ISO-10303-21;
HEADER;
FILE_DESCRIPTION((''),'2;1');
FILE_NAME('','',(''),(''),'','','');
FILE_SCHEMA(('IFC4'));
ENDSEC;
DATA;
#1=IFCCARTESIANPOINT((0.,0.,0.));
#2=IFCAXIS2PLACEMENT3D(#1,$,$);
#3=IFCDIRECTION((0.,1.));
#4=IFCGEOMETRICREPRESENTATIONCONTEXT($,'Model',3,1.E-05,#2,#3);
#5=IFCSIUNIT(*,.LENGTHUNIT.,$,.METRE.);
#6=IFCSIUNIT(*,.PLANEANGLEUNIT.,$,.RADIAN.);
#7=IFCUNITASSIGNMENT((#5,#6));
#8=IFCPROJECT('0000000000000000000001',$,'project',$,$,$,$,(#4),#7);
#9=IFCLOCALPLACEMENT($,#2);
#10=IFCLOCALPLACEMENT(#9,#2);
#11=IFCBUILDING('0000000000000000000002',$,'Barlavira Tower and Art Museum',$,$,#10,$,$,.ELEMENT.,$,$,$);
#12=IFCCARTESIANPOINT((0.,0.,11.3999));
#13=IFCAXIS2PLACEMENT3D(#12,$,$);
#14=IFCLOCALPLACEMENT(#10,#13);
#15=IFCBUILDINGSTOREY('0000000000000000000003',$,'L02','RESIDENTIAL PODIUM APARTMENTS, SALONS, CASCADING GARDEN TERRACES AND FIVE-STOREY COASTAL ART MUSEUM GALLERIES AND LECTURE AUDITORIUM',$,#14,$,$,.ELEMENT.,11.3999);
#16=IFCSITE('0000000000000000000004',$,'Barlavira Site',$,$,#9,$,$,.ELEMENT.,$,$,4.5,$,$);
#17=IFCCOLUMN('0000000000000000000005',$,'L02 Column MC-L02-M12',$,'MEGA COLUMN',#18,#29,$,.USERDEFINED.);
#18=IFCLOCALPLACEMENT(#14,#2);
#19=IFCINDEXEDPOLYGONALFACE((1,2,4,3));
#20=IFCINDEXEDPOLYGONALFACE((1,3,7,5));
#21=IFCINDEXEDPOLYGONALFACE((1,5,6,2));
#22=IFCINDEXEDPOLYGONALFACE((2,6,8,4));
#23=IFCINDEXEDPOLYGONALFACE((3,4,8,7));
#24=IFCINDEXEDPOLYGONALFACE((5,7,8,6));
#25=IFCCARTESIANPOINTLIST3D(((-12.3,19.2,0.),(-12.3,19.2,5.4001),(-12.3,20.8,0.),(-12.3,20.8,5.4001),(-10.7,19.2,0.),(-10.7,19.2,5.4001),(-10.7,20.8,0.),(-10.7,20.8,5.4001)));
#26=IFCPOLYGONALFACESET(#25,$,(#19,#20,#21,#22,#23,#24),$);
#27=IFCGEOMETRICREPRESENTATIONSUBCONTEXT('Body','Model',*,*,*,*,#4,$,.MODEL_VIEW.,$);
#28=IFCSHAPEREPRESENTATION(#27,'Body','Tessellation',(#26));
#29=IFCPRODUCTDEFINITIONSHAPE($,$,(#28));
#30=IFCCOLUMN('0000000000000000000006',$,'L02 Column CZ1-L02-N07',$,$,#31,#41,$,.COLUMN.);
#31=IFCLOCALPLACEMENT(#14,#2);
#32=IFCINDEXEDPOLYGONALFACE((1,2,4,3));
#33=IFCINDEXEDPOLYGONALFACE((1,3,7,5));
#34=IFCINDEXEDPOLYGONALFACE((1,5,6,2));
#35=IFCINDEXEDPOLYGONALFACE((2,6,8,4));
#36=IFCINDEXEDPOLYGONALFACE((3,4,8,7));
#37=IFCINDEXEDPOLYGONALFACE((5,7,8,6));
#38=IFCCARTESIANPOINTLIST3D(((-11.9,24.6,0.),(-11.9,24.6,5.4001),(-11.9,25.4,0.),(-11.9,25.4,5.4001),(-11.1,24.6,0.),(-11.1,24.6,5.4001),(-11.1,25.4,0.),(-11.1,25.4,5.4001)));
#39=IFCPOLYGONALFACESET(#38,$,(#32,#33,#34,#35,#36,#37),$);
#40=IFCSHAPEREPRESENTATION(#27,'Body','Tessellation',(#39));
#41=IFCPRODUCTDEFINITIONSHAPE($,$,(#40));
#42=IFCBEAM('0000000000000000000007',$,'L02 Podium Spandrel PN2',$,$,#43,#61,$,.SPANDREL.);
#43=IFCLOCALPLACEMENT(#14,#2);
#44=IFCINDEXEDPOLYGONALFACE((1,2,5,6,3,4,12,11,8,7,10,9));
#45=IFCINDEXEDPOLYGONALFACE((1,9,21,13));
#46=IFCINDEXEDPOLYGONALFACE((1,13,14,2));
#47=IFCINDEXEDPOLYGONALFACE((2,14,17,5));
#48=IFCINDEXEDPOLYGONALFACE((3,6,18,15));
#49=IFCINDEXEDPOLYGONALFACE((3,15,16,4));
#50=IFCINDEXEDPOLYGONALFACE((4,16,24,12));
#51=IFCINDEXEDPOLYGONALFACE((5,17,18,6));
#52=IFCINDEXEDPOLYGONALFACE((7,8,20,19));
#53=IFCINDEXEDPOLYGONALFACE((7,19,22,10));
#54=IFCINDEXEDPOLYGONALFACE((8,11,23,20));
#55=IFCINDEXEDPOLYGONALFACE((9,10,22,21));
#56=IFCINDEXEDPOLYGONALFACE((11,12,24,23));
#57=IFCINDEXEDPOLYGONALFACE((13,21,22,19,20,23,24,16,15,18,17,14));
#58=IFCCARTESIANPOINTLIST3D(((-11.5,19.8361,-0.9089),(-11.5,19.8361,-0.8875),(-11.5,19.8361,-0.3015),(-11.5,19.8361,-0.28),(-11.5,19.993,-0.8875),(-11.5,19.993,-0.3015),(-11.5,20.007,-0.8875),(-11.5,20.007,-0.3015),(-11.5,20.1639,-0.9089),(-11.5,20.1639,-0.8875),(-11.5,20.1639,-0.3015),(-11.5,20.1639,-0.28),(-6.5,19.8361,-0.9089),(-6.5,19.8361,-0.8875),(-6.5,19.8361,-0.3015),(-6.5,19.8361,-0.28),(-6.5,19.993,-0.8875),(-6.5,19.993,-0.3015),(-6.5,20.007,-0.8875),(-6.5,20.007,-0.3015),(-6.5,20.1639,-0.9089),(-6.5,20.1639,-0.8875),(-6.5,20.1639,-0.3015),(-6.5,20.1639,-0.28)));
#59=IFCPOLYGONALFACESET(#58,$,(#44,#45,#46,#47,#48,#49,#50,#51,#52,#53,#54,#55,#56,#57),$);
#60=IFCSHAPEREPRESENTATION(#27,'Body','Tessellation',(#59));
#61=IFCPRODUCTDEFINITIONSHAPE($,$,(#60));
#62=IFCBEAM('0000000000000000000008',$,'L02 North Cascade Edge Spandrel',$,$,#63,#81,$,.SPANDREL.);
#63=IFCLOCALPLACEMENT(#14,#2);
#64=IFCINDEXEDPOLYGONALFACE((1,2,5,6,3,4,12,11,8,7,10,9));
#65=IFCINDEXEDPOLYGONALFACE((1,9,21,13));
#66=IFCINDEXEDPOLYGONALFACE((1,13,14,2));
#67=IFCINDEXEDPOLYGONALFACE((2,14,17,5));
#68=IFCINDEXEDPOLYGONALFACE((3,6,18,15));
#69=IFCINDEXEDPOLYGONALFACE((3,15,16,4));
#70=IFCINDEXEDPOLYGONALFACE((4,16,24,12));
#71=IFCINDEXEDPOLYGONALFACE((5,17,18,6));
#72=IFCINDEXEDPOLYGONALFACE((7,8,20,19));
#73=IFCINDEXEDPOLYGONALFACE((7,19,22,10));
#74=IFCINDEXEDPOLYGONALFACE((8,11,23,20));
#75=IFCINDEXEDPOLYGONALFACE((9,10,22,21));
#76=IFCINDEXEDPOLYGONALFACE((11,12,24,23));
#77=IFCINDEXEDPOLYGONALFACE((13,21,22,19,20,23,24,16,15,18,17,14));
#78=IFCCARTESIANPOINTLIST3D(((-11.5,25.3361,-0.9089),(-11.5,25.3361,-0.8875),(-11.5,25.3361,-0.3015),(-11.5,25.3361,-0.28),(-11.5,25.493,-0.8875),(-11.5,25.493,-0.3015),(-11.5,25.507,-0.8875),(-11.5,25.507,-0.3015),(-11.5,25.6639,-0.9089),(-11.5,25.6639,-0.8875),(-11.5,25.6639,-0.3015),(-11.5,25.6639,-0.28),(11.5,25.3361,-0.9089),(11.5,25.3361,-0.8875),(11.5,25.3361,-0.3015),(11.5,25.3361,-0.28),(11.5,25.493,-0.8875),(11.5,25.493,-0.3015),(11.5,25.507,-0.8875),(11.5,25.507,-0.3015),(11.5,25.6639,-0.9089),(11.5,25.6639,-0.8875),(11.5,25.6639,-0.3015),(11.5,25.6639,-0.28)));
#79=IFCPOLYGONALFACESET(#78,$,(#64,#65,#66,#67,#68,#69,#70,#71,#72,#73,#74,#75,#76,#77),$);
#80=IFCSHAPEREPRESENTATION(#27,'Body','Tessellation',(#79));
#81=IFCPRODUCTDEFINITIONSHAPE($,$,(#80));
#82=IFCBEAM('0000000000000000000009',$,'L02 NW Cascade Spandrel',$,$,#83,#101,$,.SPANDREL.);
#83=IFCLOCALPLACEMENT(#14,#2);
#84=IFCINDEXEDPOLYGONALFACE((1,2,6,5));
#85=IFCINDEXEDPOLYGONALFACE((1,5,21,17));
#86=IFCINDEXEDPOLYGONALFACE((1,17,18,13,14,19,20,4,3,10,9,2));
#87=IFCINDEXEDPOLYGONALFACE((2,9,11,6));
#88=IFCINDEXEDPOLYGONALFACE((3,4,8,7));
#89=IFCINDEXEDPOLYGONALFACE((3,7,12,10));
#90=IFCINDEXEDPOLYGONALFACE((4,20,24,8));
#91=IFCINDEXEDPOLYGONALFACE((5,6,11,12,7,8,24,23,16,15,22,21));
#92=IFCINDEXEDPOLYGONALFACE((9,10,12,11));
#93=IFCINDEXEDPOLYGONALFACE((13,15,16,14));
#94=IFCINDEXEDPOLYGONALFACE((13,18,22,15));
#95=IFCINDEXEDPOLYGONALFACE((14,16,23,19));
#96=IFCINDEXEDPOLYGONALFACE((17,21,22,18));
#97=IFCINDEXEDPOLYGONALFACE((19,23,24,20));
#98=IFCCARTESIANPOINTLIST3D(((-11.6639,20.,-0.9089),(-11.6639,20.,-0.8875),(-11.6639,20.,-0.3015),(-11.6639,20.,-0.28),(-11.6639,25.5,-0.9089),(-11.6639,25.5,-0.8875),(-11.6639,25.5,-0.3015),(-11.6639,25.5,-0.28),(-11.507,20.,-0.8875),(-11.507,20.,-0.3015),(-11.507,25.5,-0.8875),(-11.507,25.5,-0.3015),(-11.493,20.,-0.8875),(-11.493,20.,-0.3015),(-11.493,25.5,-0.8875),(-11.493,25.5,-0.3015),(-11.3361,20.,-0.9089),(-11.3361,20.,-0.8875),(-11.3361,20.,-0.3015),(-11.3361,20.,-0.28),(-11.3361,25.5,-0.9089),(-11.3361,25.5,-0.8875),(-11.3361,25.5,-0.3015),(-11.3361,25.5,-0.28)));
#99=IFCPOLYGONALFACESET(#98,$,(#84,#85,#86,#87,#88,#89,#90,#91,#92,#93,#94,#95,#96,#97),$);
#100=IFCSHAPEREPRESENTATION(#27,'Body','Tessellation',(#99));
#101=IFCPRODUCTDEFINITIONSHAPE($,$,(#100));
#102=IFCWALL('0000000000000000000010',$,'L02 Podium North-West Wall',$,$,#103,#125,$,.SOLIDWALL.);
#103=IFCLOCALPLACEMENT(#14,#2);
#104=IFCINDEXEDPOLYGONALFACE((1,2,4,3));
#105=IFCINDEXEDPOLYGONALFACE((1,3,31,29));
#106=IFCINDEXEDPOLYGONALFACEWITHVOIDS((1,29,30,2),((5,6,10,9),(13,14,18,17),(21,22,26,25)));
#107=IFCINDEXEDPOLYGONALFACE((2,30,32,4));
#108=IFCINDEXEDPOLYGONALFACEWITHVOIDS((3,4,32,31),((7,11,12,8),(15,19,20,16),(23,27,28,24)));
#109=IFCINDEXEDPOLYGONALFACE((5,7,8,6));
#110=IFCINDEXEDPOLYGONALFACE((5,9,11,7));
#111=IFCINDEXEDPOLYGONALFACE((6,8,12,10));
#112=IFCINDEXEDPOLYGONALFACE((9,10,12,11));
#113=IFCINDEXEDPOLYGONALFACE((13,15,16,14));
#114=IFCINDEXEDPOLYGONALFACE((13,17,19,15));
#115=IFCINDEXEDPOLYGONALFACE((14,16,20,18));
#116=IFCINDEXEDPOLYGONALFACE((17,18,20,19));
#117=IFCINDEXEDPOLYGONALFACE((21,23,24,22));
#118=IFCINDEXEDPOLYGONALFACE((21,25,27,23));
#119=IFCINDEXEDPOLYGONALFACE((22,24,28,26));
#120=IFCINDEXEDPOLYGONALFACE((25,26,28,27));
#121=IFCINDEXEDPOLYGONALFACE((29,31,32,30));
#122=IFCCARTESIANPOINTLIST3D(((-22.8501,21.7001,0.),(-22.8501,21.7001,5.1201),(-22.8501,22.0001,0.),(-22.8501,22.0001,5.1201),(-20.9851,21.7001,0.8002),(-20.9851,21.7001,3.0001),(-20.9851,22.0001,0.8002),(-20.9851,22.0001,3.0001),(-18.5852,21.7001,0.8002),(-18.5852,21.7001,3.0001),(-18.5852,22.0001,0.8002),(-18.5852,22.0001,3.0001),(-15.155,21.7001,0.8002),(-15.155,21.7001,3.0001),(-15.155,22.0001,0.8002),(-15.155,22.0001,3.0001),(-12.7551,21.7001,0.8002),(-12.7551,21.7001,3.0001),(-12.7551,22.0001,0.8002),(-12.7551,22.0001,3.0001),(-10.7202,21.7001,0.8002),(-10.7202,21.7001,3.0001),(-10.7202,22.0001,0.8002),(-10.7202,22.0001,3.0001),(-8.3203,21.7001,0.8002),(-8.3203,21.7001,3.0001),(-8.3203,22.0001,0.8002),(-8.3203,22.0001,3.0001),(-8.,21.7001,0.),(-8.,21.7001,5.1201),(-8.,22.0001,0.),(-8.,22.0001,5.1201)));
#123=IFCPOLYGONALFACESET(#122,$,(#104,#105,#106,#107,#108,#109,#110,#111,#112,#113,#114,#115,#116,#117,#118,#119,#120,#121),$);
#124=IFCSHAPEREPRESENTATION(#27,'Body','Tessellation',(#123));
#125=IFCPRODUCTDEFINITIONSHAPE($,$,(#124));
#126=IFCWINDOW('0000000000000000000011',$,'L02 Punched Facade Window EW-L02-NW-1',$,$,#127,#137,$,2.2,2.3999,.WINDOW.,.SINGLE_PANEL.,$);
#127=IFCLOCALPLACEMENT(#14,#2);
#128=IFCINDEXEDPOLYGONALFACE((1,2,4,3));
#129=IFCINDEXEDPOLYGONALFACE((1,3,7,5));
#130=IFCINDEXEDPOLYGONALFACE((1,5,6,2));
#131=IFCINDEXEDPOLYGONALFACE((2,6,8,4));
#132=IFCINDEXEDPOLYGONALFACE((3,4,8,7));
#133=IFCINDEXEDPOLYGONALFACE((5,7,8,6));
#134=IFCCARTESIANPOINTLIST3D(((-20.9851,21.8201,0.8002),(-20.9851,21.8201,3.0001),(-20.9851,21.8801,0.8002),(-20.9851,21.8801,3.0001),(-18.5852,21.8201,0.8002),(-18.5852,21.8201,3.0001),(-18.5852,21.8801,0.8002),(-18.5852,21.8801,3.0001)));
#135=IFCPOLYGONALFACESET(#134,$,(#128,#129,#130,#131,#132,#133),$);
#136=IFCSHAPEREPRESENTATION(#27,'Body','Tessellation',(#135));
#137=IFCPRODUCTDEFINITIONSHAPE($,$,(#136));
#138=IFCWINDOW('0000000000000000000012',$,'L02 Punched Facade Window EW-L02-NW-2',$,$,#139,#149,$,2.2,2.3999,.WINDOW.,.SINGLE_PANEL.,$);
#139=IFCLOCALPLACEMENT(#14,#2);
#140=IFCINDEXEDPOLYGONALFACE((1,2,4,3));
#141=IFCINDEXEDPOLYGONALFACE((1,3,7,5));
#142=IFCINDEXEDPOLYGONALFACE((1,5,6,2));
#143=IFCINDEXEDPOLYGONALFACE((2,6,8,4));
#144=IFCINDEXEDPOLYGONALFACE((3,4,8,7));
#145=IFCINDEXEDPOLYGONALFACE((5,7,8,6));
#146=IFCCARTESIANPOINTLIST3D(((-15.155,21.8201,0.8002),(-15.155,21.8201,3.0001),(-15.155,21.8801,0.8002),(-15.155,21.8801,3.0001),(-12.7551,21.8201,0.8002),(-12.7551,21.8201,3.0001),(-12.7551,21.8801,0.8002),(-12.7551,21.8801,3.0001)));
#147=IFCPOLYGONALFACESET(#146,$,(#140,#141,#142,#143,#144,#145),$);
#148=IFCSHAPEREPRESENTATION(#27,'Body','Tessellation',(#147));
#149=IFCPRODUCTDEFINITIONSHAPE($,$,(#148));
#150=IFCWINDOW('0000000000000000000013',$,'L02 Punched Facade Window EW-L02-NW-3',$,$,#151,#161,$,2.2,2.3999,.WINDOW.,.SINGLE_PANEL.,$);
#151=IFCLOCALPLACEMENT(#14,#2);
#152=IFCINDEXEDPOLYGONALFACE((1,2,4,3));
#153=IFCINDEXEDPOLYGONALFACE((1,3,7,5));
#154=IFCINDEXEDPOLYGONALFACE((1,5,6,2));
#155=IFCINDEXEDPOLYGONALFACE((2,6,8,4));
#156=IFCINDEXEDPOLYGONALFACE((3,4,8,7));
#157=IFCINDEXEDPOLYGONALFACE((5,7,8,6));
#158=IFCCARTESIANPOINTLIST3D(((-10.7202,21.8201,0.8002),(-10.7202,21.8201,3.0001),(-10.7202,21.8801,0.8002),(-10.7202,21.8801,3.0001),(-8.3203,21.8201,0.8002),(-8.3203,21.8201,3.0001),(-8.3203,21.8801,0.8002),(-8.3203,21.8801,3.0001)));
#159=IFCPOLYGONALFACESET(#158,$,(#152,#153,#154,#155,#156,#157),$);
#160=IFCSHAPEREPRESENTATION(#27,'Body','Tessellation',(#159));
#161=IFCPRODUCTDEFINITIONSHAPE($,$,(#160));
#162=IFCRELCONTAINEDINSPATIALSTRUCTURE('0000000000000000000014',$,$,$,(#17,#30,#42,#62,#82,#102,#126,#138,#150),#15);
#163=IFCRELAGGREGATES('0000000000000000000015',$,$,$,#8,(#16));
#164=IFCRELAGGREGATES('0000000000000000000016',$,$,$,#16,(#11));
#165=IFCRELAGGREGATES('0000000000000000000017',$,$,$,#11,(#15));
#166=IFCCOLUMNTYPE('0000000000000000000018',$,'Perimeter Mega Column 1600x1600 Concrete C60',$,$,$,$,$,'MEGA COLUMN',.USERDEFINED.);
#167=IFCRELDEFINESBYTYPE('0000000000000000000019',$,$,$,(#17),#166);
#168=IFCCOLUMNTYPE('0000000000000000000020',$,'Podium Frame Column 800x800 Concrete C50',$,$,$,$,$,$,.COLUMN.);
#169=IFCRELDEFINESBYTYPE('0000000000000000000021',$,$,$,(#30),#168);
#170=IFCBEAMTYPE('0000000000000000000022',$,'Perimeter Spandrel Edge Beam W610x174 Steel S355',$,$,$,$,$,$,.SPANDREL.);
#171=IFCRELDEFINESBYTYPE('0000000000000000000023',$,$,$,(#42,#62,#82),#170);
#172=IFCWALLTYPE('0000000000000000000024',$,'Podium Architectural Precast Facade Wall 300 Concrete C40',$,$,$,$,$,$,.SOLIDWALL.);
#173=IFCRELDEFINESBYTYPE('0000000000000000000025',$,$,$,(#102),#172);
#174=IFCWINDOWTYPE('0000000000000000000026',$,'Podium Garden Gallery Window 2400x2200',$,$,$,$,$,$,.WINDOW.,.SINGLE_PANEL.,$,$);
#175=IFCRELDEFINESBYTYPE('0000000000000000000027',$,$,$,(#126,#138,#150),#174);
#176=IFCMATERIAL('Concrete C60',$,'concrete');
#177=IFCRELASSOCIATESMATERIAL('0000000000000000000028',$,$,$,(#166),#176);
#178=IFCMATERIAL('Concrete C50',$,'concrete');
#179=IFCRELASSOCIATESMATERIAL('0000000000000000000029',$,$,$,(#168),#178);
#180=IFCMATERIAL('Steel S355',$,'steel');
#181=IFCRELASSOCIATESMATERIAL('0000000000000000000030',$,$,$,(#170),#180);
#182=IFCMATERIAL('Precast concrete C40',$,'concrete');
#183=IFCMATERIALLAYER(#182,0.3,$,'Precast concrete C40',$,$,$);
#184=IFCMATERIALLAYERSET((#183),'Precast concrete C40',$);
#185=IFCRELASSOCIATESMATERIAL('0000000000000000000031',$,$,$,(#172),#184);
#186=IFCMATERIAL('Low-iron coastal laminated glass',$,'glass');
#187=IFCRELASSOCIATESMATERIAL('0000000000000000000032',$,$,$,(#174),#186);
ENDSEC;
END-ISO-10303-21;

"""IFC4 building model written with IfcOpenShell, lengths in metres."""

from ifc_helpers import new_model, si_unit, direction, frame, frame_2d, origin, origin_2d, place, context, subcontext, project, spatial, rectangle, i_section, extrude, material, layer, layer_set, material_profile, profile_set, type_object, element, fill, save


model = new_model("IFC4")

# Units and contexts
model_context = context("Model", 3, precision=1e-05, world=origin(), true_north=direction((0.0, 1.0)))
body_context = subcontext(model_context, "Body", "Model", "MODEL_VIEW")
ifc_project = project(units=[si_unit("LENGTHUNIT", "METRE"), si_unit("PLANEANGLEUNIT", "RADIAN")], contexts=[model_context])

# Site, building, storey
site_placement = place(None, origin())
site = spatial("IfcSite", under=ifc_project, at=site_placement, Name="Barlavira Site", CompositionType="ELEMENT", RefElevation=4.5)
building_placement = place(site_placement, origin())
building = spatial("IfcBuilding", under=site, at=building_placement, Name="Barlavira Tower and Art Museum", CompositionType="ELEMENT")
storey_placement = place(building_placement, frame((0.0, 0.0, 11.3999)))
storey = spatial("IfcBuildingStorey", under=building, at=storey_placement, Name="L02", Description="RESIDENTIAL PODIUM APARTMENTS, SALONS, CASCADING GARDEN TERRACES AND FIVE-STOREY COASTAL ART MUSEUM GALLERIES AND LECTURE AUDITORIUM", CompositionType="ELEMENT", Elevation=11.3999)

# Columns
ifc_material_1 = material(Name="Concrete C60", Category="concrete")
ifc_material_profile_1 = material_profile(ifc_material_1, rectangle(XDim=1.6001, YDim=1.6001, at=origin_2d()), Name="RC-MCOL 1600x1600")
ifc_profile_set_1 = profile_set([ifc_material_profile_1], Name="Concrete C60")
column_type_1 = type_object("IfcColumnType", Name="Perimeter Mega Column 1600x1600 Concrete C60", ElementType="MEGA COLUMN", PredefinedType="USERDEFINED", material=ifc_profile_set_1)
column_1_placement = place(storey_placement, frame((-11.5, 20.0, 0.0), z_axis=(0.0, 0.0, 1.0), x_axis=(1.0, 0.0, 0.0)))
element("IfcColumn", 1, at=column_1_placement, inside=storey, type_object=column_type_1, Name="L02 Column MC-L02-M12", ObjectType="MEGA COLUMN", PredefinedType="USERDEFINED", context=body_context, shape_type="SweptSolid", body=[
    extrude(rectangle(XDim=1.6001, YDim=1.6001, at=origin_2d()), origin(), (0.0, 0.0, 1.0), 5.4001),
])
ifc_material_2 = material(Name="Concrete C50", Category="concrete")
ifc_material_profile_2 = material_profile(ifc_material_2, rectangle(XDim=0.8, YDim=0.8, at=origin_2d()), Name="RC-COL 800x800")
ifc_profile_set_2 = profile_set([ifc_material_profile_2], Name="Concrete C50")
column_type_2 = type_object("IfcColumnType", Name="Podium Frame Column 800x800 Concrete C50", PredefinedType="COLUMN", material=ifc_profile_set_2)
column_2_placement = place(storey_placement, frame((-11.5, 25.0, 0.0), z_axis=(0.0, 0.0, 1.0), x_axis=(1.0, 0.0, 0.0)))
element("IfcColumn", 2, at=column_2_placement, inside=storey, type_object=column_type_2, Name="L02 Column CZ1-L02-N07", PredefinedType="COLUMN", context=body_context, shape_type="SweptSolid", body=[
    extrude(rectangle(XDim=0.8, YDim=0.8, at=origin_2d()), origin(), (0.0, 0.0, 1.0), 5.4001),
])

# Beams
ifc_material_3 = material(Name="Steel S355", Category="steel")
ifc_material_profile_3 = material_profile(ifc_material_3, i_section(OverallWidth=0.3279, OverallDepth=0.6289, WebThickness=0.0139, FlangeThickness=0.0215, at=origin_2d()), Name="W610x174.0")
ifc_profile_set_3 = profile_set([ifc_material_profile_3], Name="Steel S355")
beam_type = type_object("IfcBeamType", Name="Perimeter Spandrel Edge Beam W610x174 Steel S355", PredefinedType="SPANDREL", material=ifc_profile_set_3)
beam_1_placement = place(storey_placement, frame((-11.5, 20.0, -0.5945), z_axis=(1.0, 0.0, 0.0), x_axis=(0.0, 1.0, 0.0)))
element("IfcBeam", 3, at=beam_1_placement, inside=storey, type_object=beam_type, Name="L02 Podium Spandrel PN2", PredefinedType="SPANDREL", context=body_context, shape_type="SweptSolid", body=[
    extrude(i_section(OverallWidth=0.3279, OverallDepth=0.6289, WebThickness=0.0139, FlangeThickness=0.0215, at=origin_2d()), origin(), (0.0, 0.0, 1.0), 5.0),
])
beam_2_placement = place(storey_placement, frame((-11.5, 25.5, -0.5945), z_axis=(1.0, 0.0, 0.0), x_axis=(0.0, 1.0, 0.0)))
element("IfcBeam", 4, at=beam_2_placement, inside=storey, type_object=beam_type, Name="L02 North Cascade Edge Spandrel", PredefinedType="SPANDREL", context=body_context, shape_type="SweptSolid", body=[
    extrude(i_section(OverallWidth=0.3279, OverallDepth=0.6289, WebThickness=0.0139, FlangeThickness=0.0215, at=origin_2d()), origin(), (0.0, 0.0, 1.0), 23.0),
])
beam_3_placement = place(storey_placement, frame((-11.5, 20.0, -0.5945), z_axis=(0.0, 1.0, 0.0), x_axis=(-1.0, 0.0, 0.0)))
element("IfcBeam", 5, at=beam_3_placement, inside=storey, type_object=beam_type, Name="L02 NW Cascade Spandrel", PredefinedType="SPANDREL", context=body_context, shape_type="SweptSolid", body=[
    extrude(i_section(OverallWidth=0.3279, OverallDepth=0.6289, WebThickness=0.0139, FlangeThickness=0.0215, at=origin_2d()), origin(), (0.0, 0.0, 1.0), 5.5),
])

# Wall, openings, windows
ifc_material_4 = material(Name="Precast concrete C40", Category="concrete")
ifc_layer = layer(ifc_material_4, 0.3, Name="Precast concrete C40")
ifc_layer_set = layer_set([ifc_layer], Name="Precast concrete C40")
wall_type = type_object("IfcWallType", Name="Podium Architectural Precast Facade Wall 300 Concrete C40", PredefinedType="SOLIDWALL", material=ifc_layer_set)
ifc_material_5 = material(Name="Low-iron coastal laminated glass", Category="glass")
window_type_1 = type_object("IfcWindowType", Name="Podium Garden Gallery Window 2400x2200", PartitioningType="SINGLE_PANEL", PredefinedType="WINDOW", material=ifc_material_5)
wall_1_placement = place(storey_placement, frame((-22.8501, 21.8501, 0.0), z_axis=(0.0, 0.0, 1.0), x_axis=(1.0, 0.0, 0.0)))
wall_1 = element("IfcWall", 6, at=wall_1_placement, inside=storey, type_object=wall_type, Name="L02 Podium North-West Wall", PredefinedType="SOLIDWALL", context=body_context, shape_type="SweptSolid", body=[
    extrude(rectangle(XDim=14.8501, YDim=0.3, at=frame_2d((7.425, 0.0))), origin(), (0.0, 0.0, 1.0), 5.1201),
])
opening_1_placement = place(wall_1_placement, frame((1.865, 0.0, 0.8)))
opening_1 = element("IfcOpeningElement", 7, at=opening_1_placement, cuts=wall_1, PredefinedType="OPENING", context=body_context, shape_type="SweptSolid", body=[
    extrude(rectangle(XDim=2.3999, YDim=2.2, at=frame_2d((1.2, 1.1001))), frame((0.0, 0.1602, 0.0), z_axis=(0.0, -1.0, 0.0), x_axis=(1.0, 0.0, 0.0)), (0.0, 0.0, 1.0), 0.3201),
])
opening_2_placement = place(wall_1_placement, frame((7.6951, 0.0, 0.8)))
opening_2 = element("IfcOpeningElement", 8, at=opening_2_placement, cuts=wall_1, PredefinedType="OPENING", context=body_context, shape_type="SweptSolid", body=[
    extrude(rectangle(XDim=2.3999, YDim=2.2, at=frame_2d((1.2, 1.1001))), frame((0.0, 0.1602, 0.0), z_axis=(0.0, -1.0, 0.0), x_axis=(1.0, 0.0, 0.0)), (0.0, 0.0, 1.0), 0.3201),
])
opening_3_placement = place(wall_1_placement, frame((12.1299, 0.0, 0.8)))
opening_3 = element("IfcOpeningElement", 9, at=opening_3_placement, cuts=wall_1, PredefinedType="OPENING", context=body_context, shape_type="SweptSolid", body=[
    extrude(rectangle(XDim=2.3999, YDim=2.2, at=frame_2d((1.2, 1.1001))), frame((0.0, 0.1602, 0.0), z_axis=(0.0, -1.0, 0.0), x_axis=(1.0, 0.0, 0.0)), (0.0, 0.0, 1.0), 0.3201),
])
window_1_placement = place(opening_1_placement, origin())
window_1 = element("IfcWindow", 10, at=window_1_placement, inside=storey, type_object=window_type_1, Name="L02 Punched Facade Window EW-L02-NW-1", OverallHeight=2.2, OverallWidth=2.3999, PartitioningType="SINGLE_PANEL", PredefinedType="WINDOW", context=body_context, shape_type="SweptSolid", body=[
    extrude(rectangle(XDim=2.3999, YDim=2.2, at=frame_2d((1.2, 1.1001))), frame((0.0, 0.03, 0.0), z_axis=(0.0, -1.0, 0.0), x_axis=(1.0, 0.0, 0.0)), (0.0, 0.0, 1.0), 0.0601),
])
fill(opening_1, window_1)
window_2_placement = place(opening_2_placement, origin())
window_2 = element("IfcWindow", 11, at=window_2_placement, inside=storey, type_object=window_type_1, Name="L02 Punched Facade Window EW-L02-NW-2", OverallHeight=2.2, OverallWidth=2.3999, PartitioningType="SINGLE_PANEL", PredefinedType="WINDOW", context=body_context, shape_type="SweptSolid", body=[
    extrude(rectangle(XDim=2.3999, YDim=2.2, at=frame_2d((1.2, 1.1001))), frame((0.0, 0.03, 0.0), z_axis=(0.0, -1.0, 0.0), x_axis=(1.0, 0.0, 0.0)), (0.0, 0.0, 1.0), 0.0601),
])
fill(opening_2, window_2)
window_3_placement = place(opening_3_placement, origin())
window_3 = element("IfcWindow", 12, at=window_3_placement, inside=storey, type_object=window_type_1, Name="L02 Punched Facade Window EW-L02-NW-3", OverallHeight=2.2, OverallWidth=2.3999, PartitioningType="SINGLE_PANEL", PredefinedType="WINDOW", context=body_context, shape_type="SweptSolid", body=[
    extrude(rectangle(XDim=2.3999, YDim=2.2, at=frame_2d((1.2, 1.1001))), frame((0.0, 0.03, 0.0), z_axis=(0.0, -1.0, 0.0), x_axis=(1.0, 0.0, 0.0)), (0.0, 0.0, 1.0), 0.0601),
])
fill(opening_3, window_3)

save(model, "model.ifc")
